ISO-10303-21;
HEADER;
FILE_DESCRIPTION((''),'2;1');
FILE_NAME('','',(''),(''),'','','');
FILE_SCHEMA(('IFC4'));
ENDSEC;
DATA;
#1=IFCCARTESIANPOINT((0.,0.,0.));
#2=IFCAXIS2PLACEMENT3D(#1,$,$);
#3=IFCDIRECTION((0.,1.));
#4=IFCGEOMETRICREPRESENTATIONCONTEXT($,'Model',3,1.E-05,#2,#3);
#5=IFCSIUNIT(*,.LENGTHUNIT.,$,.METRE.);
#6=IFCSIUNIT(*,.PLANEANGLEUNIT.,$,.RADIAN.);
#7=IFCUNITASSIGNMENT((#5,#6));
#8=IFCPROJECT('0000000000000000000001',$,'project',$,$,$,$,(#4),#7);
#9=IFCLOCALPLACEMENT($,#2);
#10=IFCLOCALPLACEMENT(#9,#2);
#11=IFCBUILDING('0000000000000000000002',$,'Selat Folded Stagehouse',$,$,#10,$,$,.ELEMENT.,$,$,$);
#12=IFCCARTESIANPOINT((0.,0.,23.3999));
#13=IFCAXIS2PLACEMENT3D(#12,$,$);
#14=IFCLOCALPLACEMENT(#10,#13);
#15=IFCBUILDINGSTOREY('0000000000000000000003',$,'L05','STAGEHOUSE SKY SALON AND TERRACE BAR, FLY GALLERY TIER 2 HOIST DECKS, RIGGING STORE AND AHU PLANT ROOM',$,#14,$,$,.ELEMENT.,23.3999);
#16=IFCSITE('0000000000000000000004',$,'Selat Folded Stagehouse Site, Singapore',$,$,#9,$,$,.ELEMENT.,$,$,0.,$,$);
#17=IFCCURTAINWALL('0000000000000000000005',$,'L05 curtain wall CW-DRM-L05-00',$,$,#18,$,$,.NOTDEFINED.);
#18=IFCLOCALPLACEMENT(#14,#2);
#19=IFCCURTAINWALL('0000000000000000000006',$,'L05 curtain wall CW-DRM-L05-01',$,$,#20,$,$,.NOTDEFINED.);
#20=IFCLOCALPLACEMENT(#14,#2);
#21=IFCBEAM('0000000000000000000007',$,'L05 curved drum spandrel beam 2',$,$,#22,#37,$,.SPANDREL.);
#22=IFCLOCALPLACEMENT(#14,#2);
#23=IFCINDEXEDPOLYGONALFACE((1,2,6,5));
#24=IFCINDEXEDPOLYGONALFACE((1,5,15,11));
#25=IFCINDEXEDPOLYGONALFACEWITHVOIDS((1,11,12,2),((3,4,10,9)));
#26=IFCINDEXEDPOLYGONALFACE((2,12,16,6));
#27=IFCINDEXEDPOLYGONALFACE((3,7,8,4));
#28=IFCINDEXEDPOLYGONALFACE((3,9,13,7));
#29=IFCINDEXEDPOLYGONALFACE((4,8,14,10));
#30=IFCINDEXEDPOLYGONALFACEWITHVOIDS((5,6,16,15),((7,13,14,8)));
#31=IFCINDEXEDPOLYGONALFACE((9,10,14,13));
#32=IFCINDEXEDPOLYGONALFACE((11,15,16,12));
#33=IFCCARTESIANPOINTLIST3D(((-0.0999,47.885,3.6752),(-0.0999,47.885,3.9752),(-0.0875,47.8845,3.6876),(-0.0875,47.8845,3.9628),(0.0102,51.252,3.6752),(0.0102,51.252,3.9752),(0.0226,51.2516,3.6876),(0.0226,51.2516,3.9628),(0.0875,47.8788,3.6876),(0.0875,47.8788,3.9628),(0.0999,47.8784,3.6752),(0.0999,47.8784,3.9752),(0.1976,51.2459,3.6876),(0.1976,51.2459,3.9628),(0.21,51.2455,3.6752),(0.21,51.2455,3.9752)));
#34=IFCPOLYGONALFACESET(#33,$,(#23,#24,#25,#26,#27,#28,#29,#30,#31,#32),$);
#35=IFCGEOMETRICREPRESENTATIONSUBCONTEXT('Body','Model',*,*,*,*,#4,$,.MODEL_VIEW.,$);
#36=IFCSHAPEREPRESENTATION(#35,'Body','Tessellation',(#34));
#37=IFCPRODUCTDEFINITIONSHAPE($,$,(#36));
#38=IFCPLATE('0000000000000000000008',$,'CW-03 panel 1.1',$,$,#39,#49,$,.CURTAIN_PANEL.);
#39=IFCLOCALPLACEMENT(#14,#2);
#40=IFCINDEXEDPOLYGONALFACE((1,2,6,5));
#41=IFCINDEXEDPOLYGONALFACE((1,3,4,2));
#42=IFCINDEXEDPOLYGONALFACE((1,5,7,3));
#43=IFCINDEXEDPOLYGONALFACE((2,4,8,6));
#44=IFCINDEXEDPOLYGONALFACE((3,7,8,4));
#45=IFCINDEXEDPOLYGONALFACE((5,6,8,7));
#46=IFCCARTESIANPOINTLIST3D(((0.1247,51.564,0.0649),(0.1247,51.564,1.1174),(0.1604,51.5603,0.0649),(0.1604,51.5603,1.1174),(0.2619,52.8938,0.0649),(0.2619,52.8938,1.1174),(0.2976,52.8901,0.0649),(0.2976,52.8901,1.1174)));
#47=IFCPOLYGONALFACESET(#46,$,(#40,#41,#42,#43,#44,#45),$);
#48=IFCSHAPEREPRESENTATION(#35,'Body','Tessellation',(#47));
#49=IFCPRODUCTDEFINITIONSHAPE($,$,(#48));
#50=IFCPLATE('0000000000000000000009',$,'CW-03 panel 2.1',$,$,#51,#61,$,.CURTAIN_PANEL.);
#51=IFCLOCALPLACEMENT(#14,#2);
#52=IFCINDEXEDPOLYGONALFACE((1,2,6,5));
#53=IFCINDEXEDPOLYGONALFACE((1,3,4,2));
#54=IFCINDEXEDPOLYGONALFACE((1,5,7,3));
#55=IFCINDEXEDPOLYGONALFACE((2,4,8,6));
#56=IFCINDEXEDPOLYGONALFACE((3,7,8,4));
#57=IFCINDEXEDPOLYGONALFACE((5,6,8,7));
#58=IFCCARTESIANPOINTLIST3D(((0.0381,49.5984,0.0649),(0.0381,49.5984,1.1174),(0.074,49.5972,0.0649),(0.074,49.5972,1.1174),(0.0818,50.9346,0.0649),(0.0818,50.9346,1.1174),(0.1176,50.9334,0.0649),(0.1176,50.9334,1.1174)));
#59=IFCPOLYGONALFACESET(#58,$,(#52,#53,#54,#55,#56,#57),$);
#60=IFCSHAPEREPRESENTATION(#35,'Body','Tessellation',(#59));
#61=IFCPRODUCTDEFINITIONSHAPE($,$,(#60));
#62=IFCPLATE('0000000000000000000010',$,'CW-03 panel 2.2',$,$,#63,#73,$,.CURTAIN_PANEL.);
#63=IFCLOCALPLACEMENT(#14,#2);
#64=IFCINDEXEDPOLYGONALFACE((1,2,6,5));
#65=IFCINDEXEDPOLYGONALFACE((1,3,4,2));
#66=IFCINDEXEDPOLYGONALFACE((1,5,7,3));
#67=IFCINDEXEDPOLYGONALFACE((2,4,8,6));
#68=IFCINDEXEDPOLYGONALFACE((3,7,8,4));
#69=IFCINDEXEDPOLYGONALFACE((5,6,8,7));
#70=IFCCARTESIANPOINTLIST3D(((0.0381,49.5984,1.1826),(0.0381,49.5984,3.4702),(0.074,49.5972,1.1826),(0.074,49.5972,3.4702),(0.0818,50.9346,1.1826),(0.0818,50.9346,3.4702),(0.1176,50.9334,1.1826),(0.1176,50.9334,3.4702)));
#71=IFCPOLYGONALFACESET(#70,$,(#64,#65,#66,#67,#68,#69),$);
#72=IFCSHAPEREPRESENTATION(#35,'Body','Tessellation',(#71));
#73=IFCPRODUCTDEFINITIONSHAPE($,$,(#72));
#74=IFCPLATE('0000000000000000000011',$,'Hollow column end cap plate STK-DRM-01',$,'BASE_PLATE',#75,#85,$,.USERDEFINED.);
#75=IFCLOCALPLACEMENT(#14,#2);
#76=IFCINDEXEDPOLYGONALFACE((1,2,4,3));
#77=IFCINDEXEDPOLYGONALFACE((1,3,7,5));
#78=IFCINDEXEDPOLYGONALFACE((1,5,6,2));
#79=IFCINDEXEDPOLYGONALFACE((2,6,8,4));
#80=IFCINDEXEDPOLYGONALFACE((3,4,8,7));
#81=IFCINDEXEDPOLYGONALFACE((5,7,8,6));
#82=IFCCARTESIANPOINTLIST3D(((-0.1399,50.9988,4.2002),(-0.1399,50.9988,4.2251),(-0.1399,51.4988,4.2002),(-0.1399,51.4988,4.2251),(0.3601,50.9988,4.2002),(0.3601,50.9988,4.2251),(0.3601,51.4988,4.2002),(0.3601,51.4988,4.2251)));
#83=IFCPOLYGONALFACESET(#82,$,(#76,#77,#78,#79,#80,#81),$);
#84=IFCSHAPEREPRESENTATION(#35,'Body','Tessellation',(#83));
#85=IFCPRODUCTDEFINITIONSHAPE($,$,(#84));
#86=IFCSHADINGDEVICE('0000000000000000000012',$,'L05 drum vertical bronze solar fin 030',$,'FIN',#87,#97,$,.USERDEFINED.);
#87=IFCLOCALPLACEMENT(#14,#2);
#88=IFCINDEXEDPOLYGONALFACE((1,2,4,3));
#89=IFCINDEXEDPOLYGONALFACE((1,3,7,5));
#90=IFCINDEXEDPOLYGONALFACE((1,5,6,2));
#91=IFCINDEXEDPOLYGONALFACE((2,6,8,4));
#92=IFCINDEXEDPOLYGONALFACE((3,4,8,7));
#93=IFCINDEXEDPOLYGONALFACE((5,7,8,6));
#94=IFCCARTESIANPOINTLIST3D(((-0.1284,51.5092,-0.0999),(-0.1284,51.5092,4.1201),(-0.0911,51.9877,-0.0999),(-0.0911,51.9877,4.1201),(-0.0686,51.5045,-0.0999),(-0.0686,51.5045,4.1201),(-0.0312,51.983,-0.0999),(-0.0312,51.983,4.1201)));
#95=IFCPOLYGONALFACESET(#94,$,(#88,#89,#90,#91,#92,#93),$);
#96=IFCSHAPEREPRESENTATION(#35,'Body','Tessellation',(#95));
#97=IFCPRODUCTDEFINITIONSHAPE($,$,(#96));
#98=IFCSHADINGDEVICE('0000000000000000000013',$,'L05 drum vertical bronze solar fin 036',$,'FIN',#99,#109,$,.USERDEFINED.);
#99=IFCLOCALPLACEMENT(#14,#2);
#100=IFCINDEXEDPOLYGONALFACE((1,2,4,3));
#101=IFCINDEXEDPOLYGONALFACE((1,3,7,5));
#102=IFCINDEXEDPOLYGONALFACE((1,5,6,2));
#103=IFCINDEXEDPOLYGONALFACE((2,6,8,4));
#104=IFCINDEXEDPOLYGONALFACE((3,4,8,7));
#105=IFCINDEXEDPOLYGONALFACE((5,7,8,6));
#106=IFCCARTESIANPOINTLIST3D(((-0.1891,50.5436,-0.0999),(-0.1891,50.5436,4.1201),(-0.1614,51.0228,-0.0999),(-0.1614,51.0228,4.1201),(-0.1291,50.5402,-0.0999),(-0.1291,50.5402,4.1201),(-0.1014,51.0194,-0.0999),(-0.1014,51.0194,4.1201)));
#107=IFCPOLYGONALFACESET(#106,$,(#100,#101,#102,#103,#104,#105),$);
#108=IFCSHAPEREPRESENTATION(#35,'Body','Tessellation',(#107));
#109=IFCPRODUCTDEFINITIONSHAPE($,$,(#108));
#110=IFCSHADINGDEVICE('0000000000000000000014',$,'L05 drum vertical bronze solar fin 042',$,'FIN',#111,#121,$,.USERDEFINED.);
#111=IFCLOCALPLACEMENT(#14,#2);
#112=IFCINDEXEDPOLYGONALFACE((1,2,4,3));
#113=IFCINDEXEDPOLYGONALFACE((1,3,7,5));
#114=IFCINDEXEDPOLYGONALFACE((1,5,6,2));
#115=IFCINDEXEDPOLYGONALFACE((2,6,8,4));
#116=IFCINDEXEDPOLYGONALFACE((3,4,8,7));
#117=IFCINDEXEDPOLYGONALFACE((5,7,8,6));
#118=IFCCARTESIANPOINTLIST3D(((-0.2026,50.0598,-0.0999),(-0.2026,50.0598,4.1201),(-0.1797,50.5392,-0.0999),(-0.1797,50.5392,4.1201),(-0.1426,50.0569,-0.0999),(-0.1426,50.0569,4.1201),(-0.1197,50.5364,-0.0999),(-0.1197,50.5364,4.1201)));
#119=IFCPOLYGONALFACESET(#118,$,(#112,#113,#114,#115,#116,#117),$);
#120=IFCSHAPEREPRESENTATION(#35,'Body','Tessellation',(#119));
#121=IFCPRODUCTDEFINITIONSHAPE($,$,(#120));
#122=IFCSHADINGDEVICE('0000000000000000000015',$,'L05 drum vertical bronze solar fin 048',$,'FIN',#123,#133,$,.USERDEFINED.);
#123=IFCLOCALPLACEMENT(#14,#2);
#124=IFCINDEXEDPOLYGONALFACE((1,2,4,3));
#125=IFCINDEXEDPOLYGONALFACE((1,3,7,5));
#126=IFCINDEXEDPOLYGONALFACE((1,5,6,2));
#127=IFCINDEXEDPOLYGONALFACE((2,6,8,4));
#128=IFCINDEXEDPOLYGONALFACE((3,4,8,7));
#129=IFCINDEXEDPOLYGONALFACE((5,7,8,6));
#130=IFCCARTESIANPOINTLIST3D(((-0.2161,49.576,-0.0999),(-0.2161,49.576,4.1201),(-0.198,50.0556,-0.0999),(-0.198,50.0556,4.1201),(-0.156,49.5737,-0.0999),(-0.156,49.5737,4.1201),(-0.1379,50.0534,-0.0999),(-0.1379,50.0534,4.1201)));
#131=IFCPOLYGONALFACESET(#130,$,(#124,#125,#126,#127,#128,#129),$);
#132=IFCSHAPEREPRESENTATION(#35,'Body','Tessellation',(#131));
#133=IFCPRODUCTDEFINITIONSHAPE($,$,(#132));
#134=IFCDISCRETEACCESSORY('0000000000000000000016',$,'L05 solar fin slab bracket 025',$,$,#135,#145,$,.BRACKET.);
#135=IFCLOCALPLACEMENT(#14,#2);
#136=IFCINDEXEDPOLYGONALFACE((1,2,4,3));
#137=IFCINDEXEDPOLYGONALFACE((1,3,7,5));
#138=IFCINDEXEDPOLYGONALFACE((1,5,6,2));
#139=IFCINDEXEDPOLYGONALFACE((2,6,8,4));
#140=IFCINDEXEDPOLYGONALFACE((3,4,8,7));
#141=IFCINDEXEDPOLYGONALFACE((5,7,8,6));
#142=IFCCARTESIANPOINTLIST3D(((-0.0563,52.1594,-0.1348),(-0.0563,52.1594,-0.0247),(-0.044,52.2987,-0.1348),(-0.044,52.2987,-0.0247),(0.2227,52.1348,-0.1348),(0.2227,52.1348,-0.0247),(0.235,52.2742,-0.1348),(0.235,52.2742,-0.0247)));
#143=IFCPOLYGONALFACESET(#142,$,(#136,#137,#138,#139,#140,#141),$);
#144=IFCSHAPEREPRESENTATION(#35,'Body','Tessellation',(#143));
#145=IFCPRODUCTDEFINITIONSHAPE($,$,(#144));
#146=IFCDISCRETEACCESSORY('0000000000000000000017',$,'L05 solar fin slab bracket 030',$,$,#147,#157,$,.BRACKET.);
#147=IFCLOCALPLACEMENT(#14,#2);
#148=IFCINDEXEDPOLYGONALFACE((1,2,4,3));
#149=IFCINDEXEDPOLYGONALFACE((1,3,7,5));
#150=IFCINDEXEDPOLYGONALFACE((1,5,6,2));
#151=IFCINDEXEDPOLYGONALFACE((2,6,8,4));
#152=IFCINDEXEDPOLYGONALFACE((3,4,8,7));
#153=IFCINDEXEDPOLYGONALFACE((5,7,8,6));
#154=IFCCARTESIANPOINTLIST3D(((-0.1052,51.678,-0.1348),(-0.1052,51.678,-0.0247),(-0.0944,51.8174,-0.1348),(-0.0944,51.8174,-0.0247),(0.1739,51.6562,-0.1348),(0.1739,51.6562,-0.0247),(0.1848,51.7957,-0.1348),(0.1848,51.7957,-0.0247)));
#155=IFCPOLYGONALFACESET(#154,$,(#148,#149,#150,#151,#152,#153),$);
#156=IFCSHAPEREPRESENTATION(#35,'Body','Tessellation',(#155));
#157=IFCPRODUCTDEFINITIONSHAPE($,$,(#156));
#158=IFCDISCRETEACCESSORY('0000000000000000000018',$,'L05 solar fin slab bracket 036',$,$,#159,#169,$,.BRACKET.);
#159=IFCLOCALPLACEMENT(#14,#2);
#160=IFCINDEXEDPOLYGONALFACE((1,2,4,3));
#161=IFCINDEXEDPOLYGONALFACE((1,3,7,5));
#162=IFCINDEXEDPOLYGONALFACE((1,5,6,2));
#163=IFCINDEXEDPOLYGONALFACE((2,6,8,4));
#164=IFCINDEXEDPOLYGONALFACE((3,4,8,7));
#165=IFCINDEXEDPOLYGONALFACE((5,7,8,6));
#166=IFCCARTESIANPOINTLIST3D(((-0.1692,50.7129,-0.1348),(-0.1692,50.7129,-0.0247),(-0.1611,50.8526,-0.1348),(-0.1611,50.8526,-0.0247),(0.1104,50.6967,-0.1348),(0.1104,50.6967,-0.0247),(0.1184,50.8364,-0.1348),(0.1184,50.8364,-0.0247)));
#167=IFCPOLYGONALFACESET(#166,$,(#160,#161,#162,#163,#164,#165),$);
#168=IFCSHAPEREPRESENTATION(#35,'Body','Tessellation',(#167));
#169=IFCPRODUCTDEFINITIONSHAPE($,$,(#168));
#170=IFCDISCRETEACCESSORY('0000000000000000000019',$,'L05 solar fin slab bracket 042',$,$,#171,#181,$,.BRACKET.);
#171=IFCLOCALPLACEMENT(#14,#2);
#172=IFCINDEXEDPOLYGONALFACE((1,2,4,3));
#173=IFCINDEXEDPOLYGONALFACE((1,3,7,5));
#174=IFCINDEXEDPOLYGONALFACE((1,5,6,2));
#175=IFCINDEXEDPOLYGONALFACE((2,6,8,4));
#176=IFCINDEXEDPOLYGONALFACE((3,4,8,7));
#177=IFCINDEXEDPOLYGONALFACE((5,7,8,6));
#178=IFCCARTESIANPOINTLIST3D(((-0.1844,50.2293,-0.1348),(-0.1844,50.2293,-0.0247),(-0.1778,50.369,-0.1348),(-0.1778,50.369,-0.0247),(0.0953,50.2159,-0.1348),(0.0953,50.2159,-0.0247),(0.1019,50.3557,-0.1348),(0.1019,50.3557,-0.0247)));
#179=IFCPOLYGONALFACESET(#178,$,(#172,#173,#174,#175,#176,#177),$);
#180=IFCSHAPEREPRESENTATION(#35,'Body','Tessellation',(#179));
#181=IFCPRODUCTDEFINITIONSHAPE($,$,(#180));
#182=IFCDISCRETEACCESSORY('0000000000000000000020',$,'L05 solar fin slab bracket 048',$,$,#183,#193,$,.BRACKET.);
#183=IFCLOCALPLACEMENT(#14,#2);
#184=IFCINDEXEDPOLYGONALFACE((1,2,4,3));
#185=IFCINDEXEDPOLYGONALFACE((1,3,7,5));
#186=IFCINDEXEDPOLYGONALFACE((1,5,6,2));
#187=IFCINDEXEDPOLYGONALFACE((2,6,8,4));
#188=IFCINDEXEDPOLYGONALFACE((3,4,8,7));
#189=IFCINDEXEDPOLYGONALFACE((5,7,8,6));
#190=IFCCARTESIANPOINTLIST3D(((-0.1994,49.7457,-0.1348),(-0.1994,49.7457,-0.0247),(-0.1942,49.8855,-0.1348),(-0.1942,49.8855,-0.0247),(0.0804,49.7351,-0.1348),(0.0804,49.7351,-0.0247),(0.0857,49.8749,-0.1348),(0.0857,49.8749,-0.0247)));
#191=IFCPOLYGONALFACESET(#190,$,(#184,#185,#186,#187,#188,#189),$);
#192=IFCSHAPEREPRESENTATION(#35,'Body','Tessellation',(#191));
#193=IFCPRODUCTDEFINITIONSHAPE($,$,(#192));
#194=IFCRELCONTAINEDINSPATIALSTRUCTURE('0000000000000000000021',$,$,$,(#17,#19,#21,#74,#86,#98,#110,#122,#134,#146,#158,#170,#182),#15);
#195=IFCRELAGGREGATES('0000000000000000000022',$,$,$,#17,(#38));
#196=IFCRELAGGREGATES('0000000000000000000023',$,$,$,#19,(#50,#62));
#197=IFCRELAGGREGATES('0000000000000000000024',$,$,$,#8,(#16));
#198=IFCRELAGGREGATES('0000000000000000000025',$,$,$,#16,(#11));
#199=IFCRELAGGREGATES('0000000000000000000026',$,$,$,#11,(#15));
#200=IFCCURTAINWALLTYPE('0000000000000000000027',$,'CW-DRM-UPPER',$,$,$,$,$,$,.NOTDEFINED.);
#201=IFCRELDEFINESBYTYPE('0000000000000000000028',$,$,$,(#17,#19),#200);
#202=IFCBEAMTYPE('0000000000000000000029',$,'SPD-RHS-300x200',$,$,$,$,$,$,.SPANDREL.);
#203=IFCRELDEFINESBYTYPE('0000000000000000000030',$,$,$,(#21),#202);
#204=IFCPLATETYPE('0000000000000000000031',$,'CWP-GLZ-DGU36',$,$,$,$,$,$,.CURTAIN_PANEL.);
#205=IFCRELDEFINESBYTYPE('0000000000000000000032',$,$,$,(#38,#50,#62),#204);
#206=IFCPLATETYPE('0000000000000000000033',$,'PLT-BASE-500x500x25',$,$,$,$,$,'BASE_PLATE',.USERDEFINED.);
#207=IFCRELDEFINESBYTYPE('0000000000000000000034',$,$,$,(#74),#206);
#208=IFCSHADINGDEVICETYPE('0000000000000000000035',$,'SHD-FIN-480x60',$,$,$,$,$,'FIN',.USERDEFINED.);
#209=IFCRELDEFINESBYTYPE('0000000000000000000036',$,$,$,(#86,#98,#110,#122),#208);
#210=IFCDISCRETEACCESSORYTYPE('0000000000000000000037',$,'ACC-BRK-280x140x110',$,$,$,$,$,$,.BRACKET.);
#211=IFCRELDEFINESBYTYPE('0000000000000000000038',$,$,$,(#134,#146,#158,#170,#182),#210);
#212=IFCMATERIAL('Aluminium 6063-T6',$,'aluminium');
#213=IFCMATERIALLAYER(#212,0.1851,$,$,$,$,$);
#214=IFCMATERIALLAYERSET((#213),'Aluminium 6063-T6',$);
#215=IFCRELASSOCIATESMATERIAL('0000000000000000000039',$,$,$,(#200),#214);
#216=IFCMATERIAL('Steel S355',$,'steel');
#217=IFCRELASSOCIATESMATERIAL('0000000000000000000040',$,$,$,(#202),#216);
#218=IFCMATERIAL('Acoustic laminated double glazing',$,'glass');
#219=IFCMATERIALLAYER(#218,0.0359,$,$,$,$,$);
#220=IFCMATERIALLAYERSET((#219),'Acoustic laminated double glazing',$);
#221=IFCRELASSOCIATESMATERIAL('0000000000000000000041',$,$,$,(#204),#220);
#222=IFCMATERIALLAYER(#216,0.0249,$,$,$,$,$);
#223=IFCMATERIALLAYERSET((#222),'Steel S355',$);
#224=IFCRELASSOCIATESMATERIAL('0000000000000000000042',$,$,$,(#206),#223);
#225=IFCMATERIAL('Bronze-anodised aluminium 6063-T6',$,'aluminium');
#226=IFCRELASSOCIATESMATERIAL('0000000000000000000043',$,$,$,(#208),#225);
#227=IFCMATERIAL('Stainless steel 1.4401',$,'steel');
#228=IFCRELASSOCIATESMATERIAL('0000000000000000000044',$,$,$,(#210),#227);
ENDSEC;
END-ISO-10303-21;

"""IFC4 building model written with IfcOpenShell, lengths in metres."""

from ifc_helpers import new_model, si_unit, direction, frame, origin, origin_2d, place, context, subcontext, project, spatial, rectangle, hollow_rectangle, extrude, material, layer, layer_set, material_profile, profile_set, type_object, element, aggregate, save


model = new_model("IFC4")

# Units and contexts
model_context = context("Model", 3, precision=1e-05, world=origin(), true_north=direction((0.0, 1.0)))
body_context = subcontext(model_context, "Body", "Model", "MODEL_VIEW")
ifc_project = project(units=[si_unit("LENGTHUNIT", "METRE"), si_unit("PLANEANGLEUNIT", "RADIAN")], contexts=[model_context])

# Site, building, storey
site_placement = place(None, origin())
site = spatial("IfcSite", under=ifc_project, at=site_placement, Name="Selat Folded Stagehouse Site, Singapore", CompositionType="ELEMENT", RefElevation=0.0)
building_placement = place(site_placement, origin())
building = spatial("IfcBuilding", under=site, at=building_placement, Name="Selat Folded Stagehouse", CompositionType="ELEMENT")
storey_placement = place(building_placement, frame((0.0, 0.0, 23.3999)))
storey = spatial("IfcBuildingStorey", under=building, at=storey_placement, Name="L05", Description="STAGEHOUSE SKY SALON AND TERRACE BAR, FLY GALLERY TIER 2 HOIST DECKS, RIGGING STORE AND AHU PLANT ROOM", CompositionType="ELEMENT", Elevation=23.3999)

# Shared definitions
ifc_material_1 = material(Name="Steel S355", Category="steel")

# Curtain walls
ifc_material_2 = material(Name="Aluminium 6063-T6", Category="aluminium")
ifc_layer_1 = layer(ifc_material_2, 0.1851)
ifc_layer_set_1 = layer_set([ifc_layer_1], Name="Aluminium 6063-T6")
curtain_wall_type = type_object("IfcCurtainWallType", Name="CW-DRM-UPPER", PredefinedType="NOTDEFINED", material=ifc_layer_set_1)
curtain_wall_1_placement = place(storey_placement, origin())
curtain_wall_1 = element("IfcCurtainWall", 1, at=curtain_wall_1_placement, inside=storey, type_object=curtain_wall_type, Name="L05 curtain wall CW-DRM-L05-00", PredefinedType="NOTDEFINED")
curtain_wall_2_placement = place(storey_placement, origin())
curtain_wall_2 = element("IfcCurtainWall", 2, at=curtain_wall_2_placement, inside=storey, type_object=curtain_wall_type, Name="L05 curtain wall CW-DRM-L05-01", PredefinedType="NOTDEFINED")

# Beam
ifc_material_profile_1 = material_profile(ifc_material_1, hollow_rectangle(XDim=0.2, YDim=0.3, WallThickness=0.0125, at=origin_2d()), Name="RHS 300x200x12.5")
ifc_profile_set_1 = profile_set([ifc_material_profile_1], Name="Steel S355")
beam_type = type_object("IfcBeamType", Name="SPD-RHS-300x200", PredefinedType="SPANDREL", material=ifc_profile_set_1)
beam_placement = place(storey_placement, frame((0.1101, 51.2488, 3.8252), z_axis=(-0.032683, -0.999466, 0.0), x_axis=(0.999466, -0.032683, 0.0)))
element("IfcBeam", 3, at=beam_placement, inside=storey, type_object=beam_type, Name="L05 curved drum spandrel beam 2", PredefinedType="SPANDREL", context=body_context, shape_type="SweptSolid", body=[
    extrude(hollow_rectangle(XDim=0.2, YDim=0.3, WallThickness=0.0125, at=origin_2d()), origin(), (0.0, 0.0, 1.0), 3.3689),
])

# Plates
ifc_material_3 = material(Name="Acoustic laminated double glazing", Category="glass")
ifc_layer_2 = layer(ifc_material_3, 0.0359)
ifc_layer_set_2 = layer_set([ifc_layer_2], Name="Acoustic laminated double glazing")
plate_type_1 = type_object("IfcPlateType", Name="CWP-GLZ-DGU36", PredefinedType="CURTAIN_PANEL", material=ifc_layer_set_2)
plate_1_placement = place(storey_placement, frame((0.2112, 52.2271, 0.0649), z_axis=(0.0, 0.0, 1.0), x_axis=(0.102616, 0.994721, 0.0)))
plate_1 = element("IfcPlate", 4, at=plate_1_placement, type_object=plate_type_1, Name="CW-03 panel 1.1", PredefinedType="CURTAIN_PANEL", context=body_context, shape_type="SweptSolid", body=[
    extrude(rectangle(XDim=1.3369, YDim=0.0359, at=origin_2d()), origin(), (0.0, 0.0, 1.0), 1.0525),
])
aggregate(curtain_wall_1, [plate_1])
plate_2_placement = place(storey_placement, frame((0.0779, 50.2659, 0.0649), z_axis=(0.0, 0.0, 1.0), x_axis=(0.032625, 0.999468, 0.0)))
plate_2 = element("IfcPlate", 5, at=plate_2_placement, type_object=plate_type_1, Name="CW-03 panel 2.1", PredefinedType="CURTAIN_PANEL", context=body_context, shape_type="SweptSolid", body=[
    extrude(rectangle(XDim=1.3369, YDim=0.0359, at=origin_2d()), origin(), (0.0, 0.0, 1.0), 1.0525),
])
plate_3_placement = place(storey_placement, frame((0.0779, 50.2659, 1.1826), z_axis=(0.0, 0.0, 1.0), x_axis=(0.032625, 0.999468, 0.0)))
plate_3 = element("IfcPlate", 6, at=plate_3_placement, type_object=plate_type_1, Name="CW-03 panel 2.2", PredefinedType="CURTAIN_PANEL", context=body_context, shape_type="SweptSolid", body=[
    extrude(rectangle(XDim=1.3369, YDim=0.0359, at=origin_2d()), origin(), (0.0, 0.0, 1.0), 2.2876),
])
aggregate(curtain_wall_2, [plate_2, plate_3])
ifc_layer_3 = layer(ifc_material_1, 0.0249)
ifc_layer_set_3 = layer_set([ifc_layer_3], Name="Steel S355")
plate_type_2 = type_object("IfcPlateType", Name="PLT-BASE-500x500x25", ElementType="BASE_PLATE", PredefinedType="USERDEFINED", material=ifc_layer_set_3)
plate_4_placement = place(storey_placement, frame((0.1101, 51.2488, 4.2002), z_axis=(0.0, 0.0, 1.0), x_axis=(1.0, 0.0, 0.0)))
element("IfcPlate", 7, at=plate_4_placement, inside=storey, type_object=plate_type_2, Name="Hollow column end cap plate STK-DRM-01", ObjectType="BASE_PLATE", PredefinedType="USERDEFINED", context=body_context, shape_type="SweptSolid", body=[
    extrude(rectangle(XDim=0.5, YDim=0.5, at=origin_2d()), origin(), (0.0, 0.0, 1.0), 0.0249),
])

# Shading devices
ifc_material_4 = material(Name="Bronze-anodised aluminium 6063-T6", Category="aluminium")
ifc_material_profile_2 = material_profile(ifc_material_4, rectangle(XDim=0.0601, YDim=0.48, at=origin_2d()), Name="SOLAR-FIN 480x60")
ifc_profile_set_2 = profile_set([ifc_material_profile_2], Name="Bronze-anodised aluminium 6063-T6")
shading_device_type = type_object("IfcShadingDeviceType", Name="SHD-FIN-480x60", ElementType="FIN", PredefinedType="USERDEFINED", material=ifc_profile_set_2)
for number, where, z_axis, x_axis, name in (
    (8, (-0.0798, 51.7461, -0.0999), (0.0, 0.0, 1.0), (-0.996972, 0.077763, 0.0), "L05 drum vertical bronze solar fin 030"),
    (9, (-0.1453, 50.7815, -0.0999), (0.0, 0.0, 1.0), (-0.998332, 0.057738, 0.0), "L05 drum vertical bronze solar fin 036"),
    (10, (-0.1611, 50.2981, -0.0999), (0.0, 0.0, 1.0), (-0.998865, 0.047629, 0.0), "L05 drum vertical bronze solar fin 042"),
    (11, (-0.177, 49.8147, -0.0999), (0.0, 0.0, 1.0), (-0.999289, 0.03769, 0.0), "L05 drum vertical bronze solar fin 048"),
):
    element("IfcShadingDevice", number, at=place(storey_placement, frame(where, z_axis=z_axis, x_axis=x_axis)), inside=storey, type_object=shading_device_type, Name=name, ObjectType="FIN", PredefinedType="USERDEFINED", context=body_context, shape_type="SweptSolid", body=[
        extrude(rectangle(XDim=0.0601, YDim=0.48, at=origin_2d()), origin(), (0.0, 0.0, 1.0), 4.22),
    ])

# Discrete accessories
ifc_material_5 = material(Name="Stainless steel 1.4401", Category="steel")
discrete_accessory_type = type_object("IfcDiscreteAccessoryType", Name="ACC-BRK-280x140x110", PredefinedType="BRACKET", material=ifc_material_5)
for number, where, z_axis, x_axis, name in (
    (12, (0.0894, 52.2168, -0.1348), (0.0, 0.0, 1.0), (-0.996149, 0.087677, 0.0), "L05 solar fin slab bracket 025"),
    (13, (0.0398, 51.7368, -0.1348), (0.0, 0.0, 1.0), (-0.996972, 0.077763, 0.0), "L05 solar fin slab bracket 030"),
    (14, (-0.0254, 50.7747, -0.1348), (0.0, 0.0, 1.0), (-0.998332, 0.057738, 0.0), "L05 solar fin slab bracket 036"),
    (15, (-0.0413, 50.2925, -0.1348), (0.0, 0.0, 1.0), (-0.998865, 0.047629, 0.0), "L05 solar fin slab bracket 042"),
    (16, (-0.0569, 49.8103, -0.1348), (0.0, 0.0, 1.0), (-0.999289, 0.03769, 0.0), "L05 solar fin slab bracket 048"),
):
    element("IfcDiscreteAccessory", number, at=place(storey_placement, frame(where, z_axis=z_axis, x_axis=x_axis)), inside=storey, type_object=discrete_accessory_type, Name=name, PredefinedType="BRACKET", context=body_context, shape_type="SweptSolid", body=[
        extrude(rectangle(XDim=0.28, YDim=0.1399, at=origin_2d()), origin(), (0.0, 0.0, 1.0), 0.1101),
    ])

save(model, "model.ifc")
